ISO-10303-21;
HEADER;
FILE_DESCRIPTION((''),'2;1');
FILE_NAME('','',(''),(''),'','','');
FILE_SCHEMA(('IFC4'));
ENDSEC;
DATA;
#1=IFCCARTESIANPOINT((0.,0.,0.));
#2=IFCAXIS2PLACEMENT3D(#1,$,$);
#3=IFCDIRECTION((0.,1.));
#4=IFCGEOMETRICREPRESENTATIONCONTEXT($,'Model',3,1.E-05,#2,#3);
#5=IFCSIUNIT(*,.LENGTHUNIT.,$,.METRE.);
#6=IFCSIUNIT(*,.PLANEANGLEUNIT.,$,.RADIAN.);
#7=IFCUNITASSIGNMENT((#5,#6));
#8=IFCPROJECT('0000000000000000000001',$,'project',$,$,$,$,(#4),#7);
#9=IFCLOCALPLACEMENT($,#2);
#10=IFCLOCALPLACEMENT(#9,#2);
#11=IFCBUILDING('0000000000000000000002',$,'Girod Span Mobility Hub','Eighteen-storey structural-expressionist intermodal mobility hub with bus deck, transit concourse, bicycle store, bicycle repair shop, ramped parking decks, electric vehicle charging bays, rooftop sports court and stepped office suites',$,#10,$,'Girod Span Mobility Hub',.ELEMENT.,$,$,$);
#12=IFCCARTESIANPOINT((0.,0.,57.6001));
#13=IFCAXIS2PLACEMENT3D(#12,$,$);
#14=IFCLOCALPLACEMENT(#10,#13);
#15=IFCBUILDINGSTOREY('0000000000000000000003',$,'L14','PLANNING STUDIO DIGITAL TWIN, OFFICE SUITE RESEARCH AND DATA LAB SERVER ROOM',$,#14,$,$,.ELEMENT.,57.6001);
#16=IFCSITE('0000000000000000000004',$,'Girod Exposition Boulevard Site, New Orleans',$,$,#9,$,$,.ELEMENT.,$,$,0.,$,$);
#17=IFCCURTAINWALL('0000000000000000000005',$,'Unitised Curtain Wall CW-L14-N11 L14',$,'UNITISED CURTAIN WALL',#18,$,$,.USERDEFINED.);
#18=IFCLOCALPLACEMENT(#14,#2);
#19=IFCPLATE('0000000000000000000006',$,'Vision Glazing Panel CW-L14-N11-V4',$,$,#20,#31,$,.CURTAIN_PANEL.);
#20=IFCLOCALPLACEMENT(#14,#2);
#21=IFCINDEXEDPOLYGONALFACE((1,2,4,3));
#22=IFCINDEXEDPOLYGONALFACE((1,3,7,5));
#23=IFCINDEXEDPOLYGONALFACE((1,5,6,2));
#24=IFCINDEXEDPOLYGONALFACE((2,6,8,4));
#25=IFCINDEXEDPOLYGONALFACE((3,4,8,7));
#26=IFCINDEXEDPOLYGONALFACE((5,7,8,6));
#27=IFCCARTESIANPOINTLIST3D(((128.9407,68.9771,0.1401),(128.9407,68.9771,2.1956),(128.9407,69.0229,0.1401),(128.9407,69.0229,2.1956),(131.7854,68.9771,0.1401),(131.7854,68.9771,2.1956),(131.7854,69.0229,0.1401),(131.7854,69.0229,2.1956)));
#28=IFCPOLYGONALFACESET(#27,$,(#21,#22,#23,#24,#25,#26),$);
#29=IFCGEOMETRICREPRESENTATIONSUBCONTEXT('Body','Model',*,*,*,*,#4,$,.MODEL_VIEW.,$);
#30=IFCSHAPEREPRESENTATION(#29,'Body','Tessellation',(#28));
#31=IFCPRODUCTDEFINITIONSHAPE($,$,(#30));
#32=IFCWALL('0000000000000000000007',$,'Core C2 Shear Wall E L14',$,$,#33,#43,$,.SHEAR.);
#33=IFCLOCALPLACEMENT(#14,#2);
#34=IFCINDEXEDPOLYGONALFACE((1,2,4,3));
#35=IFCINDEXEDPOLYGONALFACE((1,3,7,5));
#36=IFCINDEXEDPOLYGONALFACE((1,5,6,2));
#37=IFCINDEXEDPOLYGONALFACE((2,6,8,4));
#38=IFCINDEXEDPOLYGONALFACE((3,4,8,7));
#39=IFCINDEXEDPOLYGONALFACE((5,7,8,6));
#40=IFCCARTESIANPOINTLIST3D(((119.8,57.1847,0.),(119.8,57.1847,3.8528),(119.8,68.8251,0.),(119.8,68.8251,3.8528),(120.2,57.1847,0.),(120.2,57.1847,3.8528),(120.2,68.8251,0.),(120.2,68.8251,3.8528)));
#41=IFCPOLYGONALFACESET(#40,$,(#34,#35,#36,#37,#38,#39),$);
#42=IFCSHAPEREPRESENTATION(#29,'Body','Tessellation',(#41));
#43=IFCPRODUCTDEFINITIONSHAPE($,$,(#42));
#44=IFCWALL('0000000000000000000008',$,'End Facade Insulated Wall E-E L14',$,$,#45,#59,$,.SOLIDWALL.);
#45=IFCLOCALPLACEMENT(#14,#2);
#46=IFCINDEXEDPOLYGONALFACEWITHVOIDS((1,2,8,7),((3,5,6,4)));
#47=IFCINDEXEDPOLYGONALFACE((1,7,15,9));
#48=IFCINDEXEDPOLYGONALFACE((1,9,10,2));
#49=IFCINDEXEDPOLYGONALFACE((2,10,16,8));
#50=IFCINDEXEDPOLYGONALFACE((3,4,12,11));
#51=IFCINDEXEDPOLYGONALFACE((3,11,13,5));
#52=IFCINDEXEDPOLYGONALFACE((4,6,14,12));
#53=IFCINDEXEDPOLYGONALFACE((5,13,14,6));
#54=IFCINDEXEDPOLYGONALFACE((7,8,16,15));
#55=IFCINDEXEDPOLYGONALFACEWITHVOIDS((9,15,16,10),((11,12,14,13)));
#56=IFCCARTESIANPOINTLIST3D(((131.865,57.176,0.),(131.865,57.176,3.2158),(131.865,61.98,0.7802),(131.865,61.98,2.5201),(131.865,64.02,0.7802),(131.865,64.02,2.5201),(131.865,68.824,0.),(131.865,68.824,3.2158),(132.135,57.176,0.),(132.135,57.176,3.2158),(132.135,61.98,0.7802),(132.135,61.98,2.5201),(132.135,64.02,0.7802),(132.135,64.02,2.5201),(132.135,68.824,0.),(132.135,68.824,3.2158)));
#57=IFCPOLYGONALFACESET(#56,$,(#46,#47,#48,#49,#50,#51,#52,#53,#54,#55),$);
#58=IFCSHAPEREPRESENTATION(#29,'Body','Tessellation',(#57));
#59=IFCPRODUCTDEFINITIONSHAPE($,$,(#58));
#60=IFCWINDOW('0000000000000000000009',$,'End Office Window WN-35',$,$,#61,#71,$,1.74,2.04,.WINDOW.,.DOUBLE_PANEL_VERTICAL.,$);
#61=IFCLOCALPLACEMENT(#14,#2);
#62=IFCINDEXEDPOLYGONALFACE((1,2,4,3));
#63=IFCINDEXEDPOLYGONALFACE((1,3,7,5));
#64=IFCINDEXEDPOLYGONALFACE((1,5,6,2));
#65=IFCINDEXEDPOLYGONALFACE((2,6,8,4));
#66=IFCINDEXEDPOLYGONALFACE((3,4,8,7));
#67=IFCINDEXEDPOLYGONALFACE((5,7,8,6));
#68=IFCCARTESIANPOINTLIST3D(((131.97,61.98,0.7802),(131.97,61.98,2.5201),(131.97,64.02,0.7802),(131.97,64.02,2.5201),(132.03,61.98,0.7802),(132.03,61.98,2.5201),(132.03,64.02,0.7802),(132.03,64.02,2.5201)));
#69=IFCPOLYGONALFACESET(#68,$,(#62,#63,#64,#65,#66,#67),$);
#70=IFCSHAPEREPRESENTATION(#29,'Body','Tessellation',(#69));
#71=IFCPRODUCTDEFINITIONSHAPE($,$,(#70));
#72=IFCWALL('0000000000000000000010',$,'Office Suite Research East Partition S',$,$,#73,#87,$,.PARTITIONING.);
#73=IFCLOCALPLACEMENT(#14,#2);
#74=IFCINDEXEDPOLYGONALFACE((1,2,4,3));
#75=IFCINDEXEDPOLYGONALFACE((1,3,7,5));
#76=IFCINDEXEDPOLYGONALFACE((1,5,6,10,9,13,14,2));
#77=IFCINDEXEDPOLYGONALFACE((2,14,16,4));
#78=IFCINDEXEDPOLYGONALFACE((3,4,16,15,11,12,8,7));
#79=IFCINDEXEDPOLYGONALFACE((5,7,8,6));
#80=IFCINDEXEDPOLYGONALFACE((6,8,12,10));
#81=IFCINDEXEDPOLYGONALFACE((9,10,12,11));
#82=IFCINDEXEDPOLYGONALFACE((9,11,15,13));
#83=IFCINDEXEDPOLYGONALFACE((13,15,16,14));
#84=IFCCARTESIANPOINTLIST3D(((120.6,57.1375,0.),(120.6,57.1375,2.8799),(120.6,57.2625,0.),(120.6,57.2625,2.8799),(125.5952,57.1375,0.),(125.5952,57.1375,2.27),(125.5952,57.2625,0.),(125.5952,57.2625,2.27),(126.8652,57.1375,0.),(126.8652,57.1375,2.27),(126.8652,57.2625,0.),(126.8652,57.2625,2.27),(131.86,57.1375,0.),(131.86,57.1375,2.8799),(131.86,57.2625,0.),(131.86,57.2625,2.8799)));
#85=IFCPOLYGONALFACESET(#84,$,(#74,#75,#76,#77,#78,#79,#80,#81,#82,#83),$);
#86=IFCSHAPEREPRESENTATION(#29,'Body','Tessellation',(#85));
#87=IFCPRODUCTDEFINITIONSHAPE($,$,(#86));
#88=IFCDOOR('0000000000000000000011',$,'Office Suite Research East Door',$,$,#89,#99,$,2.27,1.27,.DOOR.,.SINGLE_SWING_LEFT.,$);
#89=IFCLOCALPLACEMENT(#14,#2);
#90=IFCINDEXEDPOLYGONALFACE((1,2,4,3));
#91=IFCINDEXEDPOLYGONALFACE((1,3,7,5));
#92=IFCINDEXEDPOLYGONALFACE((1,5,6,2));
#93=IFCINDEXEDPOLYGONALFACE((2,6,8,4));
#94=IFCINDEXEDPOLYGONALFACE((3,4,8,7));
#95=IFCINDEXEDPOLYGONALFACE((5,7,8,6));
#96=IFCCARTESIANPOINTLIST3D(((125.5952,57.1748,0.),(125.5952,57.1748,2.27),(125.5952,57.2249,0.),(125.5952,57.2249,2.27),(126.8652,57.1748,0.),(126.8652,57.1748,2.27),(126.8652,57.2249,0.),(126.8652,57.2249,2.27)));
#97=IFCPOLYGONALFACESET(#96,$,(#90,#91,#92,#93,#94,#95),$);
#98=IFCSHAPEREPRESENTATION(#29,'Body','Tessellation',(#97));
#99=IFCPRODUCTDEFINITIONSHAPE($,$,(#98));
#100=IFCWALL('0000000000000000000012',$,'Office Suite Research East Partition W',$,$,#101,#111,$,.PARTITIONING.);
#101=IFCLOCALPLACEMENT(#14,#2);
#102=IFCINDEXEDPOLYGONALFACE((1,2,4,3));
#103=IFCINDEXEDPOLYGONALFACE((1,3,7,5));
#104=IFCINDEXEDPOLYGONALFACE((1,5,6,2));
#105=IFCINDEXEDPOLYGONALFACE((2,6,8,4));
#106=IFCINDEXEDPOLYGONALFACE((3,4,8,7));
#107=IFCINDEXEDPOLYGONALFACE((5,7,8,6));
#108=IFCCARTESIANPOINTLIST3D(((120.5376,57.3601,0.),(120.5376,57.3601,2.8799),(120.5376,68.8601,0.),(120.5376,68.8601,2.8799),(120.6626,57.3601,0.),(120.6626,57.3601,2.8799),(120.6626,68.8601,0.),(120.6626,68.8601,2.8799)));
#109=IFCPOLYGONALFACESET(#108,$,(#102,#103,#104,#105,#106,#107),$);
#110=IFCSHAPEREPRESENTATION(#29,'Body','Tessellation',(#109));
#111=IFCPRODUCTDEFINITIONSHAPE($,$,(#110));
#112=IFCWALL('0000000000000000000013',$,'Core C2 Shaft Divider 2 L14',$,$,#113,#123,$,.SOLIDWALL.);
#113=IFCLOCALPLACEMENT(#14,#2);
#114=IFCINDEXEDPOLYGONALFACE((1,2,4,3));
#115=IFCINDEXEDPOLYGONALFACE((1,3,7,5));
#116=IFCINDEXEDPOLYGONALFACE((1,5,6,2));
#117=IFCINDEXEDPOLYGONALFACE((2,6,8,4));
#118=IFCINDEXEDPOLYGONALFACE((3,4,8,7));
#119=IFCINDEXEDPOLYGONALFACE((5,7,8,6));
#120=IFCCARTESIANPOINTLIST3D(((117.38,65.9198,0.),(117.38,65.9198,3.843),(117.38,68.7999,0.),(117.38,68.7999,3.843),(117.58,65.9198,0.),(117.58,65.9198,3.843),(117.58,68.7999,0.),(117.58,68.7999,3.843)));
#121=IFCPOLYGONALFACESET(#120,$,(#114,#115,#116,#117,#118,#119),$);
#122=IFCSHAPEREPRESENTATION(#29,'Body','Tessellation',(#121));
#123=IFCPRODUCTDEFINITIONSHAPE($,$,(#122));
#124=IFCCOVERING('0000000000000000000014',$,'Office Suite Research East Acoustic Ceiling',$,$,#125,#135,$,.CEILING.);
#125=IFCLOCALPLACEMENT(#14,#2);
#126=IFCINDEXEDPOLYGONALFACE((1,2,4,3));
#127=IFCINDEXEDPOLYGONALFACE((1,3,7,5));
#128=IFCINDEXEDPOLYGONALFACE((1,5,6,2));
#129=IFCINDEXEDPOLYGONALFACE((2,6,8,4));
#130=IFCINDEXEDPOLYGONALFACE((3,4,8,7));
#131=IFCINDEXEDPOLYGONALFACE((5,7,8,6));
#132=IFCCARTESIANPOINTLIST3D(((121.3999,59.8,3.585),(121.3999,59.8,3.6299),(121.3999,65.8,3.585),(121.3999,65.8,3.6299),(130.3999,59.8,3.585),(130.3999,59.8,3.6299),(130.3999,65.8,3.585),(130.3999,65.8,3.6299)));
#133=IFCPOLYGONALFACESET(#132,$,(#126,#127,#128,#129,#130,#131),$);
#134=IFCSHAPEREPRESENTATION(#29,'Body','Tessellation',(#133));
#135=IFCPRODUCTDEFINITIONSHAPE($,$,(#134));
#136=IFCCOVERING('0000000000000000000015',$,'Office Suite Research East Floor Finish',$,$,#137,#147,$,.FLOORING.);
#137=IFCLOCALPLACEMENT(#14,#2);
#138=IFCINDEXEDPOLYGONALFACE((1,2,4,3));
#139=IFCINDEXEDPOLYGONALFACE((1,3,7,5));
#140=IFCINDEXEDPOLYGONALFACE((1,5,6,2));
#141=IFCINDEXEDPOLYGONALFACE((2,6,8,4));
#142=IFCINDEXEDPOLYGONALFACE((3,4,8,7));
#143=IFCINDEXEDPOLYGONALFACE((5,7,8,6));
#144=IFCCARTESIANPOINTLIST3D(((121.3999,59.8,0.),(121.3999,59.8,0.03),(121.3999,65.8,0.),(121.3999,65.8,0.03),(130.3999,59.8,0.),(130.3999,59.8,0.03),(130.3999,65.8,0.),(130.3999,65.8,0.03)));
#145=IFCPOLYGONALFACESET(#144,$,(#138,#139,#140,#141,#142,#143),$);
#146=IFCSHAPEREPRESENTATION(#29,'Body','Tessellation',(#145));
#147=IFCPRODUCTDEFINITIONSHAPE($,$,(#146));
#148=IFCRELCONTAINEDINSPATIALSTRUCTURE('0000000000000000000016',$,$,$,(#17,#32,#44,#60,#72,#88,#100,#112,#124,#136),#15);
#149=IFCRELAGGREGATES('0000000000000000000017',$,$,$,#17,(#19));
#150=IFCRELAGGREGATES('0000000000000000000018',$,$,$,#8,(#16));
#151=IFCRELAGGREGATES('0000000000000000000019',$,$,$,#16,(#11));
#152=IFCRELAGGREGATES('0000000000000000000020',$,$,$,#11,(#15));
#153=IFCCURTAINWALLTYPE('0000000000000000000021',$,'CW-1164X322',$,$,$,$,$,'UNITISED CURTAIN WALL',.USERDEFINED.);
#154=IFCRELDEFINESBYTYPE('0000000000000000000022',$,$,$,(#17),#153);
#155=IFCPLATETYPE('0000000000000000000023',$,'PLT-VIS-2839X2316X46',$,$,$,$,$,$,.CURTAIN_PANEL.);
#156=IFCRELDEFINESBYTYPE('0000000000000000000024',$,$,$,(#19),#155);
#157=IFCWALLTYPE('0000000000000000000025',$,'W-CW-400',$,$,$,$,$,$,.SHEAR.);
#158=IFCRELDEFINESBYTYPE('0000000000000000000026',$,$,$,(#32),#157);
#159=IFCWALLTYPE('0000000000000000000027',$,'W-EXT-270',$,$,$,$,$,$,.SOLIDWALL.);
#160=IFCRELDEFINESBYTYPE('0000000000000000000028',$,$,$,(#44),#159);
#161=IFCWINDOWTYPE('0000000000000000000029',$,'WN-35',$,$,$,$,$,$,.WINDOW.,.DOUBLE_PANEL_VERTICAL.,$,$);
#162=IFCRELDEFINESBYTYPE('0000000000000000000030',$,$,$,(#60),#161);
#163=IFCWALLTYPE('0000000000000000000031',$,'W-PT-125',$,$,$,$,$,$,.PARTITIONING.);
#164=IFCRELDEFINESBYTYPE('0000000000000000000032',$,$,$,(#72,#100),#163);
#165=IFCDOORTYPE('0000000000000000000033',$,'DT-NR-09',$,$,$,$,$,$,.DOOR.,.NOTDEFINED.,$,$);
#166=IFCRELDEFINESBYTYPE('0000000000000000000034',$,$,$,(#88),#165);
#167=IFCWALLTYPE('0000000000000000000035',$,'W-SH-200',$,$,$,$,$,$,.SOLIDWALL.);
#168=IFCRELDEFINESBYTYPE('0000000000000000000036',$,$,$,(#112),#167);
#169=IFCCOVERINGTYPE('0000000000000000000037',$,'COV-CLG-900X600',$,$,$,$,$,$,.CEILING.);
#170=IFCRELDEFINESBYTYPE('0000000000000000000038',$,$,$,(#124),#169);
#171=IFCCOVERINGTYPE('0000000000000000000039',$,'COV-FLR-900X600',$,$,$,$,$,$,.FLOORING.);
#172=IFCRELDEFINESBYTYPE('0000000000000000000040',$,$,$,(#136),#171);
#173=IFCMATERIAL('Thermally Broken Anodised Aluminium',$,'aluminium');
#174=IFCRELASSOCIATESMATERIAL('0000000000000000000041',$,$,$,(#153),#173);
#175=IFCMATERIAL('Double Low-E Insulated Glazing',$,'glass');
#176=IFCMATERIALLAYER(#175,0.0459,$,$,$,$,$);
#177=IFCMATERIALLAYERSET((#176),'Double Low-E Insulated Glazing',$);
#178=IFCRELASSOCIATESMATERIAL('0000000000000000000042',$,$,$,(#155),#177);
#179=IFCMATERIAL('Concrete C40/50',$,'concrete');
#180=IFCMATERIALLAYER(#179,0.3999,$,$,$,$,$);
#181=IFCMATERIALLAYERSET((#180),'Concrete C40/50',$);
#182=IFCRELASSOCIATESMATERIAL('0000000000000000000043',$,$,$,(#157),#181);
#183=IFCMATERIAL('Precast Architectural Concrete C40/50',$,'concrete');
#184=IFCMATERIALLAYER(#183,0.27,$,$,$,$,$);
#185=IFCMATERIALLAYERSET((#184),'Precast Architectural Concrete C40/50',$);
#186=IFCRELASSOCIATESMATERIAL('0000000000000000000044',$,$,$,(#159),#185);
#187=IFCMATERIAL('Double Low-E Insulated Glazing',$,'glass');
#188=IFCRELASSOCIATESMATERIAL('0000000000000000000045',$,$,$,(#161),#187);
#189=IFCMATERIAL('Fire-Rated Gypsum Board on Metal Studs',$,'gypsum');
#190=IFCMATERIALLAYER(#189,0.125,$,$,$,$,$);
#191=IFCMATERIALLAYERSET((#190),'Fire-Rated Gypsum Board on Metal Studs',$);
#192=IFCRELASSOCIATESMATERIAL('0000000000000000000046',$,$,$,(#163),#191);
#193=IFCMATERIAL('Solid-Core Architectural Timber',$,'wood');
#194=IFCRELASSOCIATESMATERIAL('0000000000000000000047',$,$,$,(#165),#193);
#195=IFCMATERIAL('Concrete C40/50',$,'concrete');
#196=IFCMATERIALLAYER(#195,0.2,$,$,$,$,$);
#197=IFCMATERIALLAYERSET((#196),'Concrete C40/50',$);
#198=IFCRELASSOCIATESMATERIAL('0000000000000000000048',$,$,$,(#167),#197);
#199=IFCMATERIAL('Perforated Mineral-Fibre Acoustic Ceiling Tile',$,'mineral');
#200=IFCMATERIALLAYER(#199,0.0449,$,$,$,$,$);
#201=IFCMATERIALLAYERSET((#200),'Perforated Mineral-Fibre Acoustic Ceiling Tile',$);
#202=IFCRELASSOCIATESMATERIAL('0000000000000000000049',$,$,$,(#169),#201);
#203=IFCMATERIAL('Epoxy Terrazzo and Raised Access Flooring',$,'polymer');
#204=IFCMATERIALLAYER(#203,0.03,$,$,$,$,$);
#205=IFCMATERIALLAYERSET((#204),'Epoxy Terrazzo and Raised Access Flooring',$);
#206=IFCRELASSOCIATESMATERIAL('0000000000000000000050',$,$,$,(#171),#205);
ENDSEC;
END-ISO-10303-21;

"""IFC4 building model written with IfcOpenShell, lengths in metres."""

from ifc_helpers import new_model, si_unit, direction, frame, frame_2d, origin, origin_2d, place, context, subcontext, project, spatial, rectangle, extrude, material, layer, layer_set, type_object, element, fill, aggregate, save


model = new_model("IFC4")

# Units and contexts
model_context = context("Model", 3, precision=1e-05, world=origin(), true_north=direction((0.0, 1.0)))
body_context = subcontext(model_context, "Body", "Model", "MODEL_VIEW")
ifc_project = project(units=[si_unit("LENGTHUNIT", "METRE"), si_unit("PLANEANGLEUNIT", "RADIAN")], contexts=[model_context])

# Site, building, storey
site_placement = place(None, origin())
site = spatial("IfcSite", under=ifc_project, at=site_placement, Name="Girod Exposition Boulevard Site, New Orleans", CompositionType="ELEMENT", RefElevation=0.0)
building_placement = place(site_placement, origin())
building = spatial("IfcBuilding", under=site, at=building_placement, Name="Girod Span Mobility Hub", Description="Eighteen-storey structural-expressionist intermodal mobility hub with bus deck, transit concourse, bicycle store, bicycle repair shop, ramped parking decks, electric vehicle charging bays, rooftop sports court and stepped office suites", LongName="Girod Span Mobility Hub", CompositionType="ELEMENT")
storey_placement = place(building_placement, frame((0.0, 0.0, 57.6001)))
storey = spatial("IfcBuildingStorey", under=building, at=storey_placement, Name="L14", Description="PLANNING STUDIO DIGITAL TWIN, OFFICE SUITE RESEARCH AND DATA LAB SERVER ROOM", CompositionType="ELEMENT", Elevation=57.6001)

# Curtain wall, plate
ifc_material_1 = material(Name="Thermally Broken Anodised Aluminium", Category="aluminium")
curtain_wall_type = type_object("IfcCurtainWallType", Name="CW-1164X322", ElementType="UNITISED CURTAIN WALL", PredefinedType="USERDEFINED", material=ifc_material_1)
curtain_wall_placement = place(storey_placement, origin())
curtain_wall = element("IfcCurtainWall", 1, at=curtain_wall_placement, inside=storey, type_object=curtain_wall_type, Name="Unitised Curtain Wall CW-L14-N11 L14", ObjectType="UNITISED CURTAIN WALL", PredefinedType="USERDEFINED")
ifc_material_2 = material(Name="Double Low-E Insulated Glazing", Category="glass")
ifc_layer_1 = layer(ifc_material_2, 0.0459)
ifc_layer_set_1 = layer_set([ifc_layer_1], Name="Double Low-E Insulated Glazing")
plate_type_1 = type_object("IfcPlateType", Name="PLT-VIS-2839X2316X46", PredefinedType="CURTAIN_PANEL", material=ifc_layer_set_1)
plate_1_placement = place(storey_placement, frame((130.363, 69.0, 0.1401), z_axis=(0.0, 0.0, 1.0), x_axis=(1.0, 0.0, 0.0)))
plate_1 = element("IfcPlate", 2, at=plate_1_placement, type_object=plate_type_1, Name="Vision Glazing Panel CW-L14-N11-V4", PredefinedType="CURTAIN_PANEL", context=body_context, shape_type="SweptSolid", body=[
    extrude(rectangle(XDim=2.8447, YDim=0.0459, at=origin_2d()), origin(), (0.0, 0.0, 1.0), 2.0554),
])
aggregate(curtain_wall, [plate_1])

# Wall
ifc_material_3 = material(Name="Concrete C40/50", Category="concrete")
ifc_layer_2 = layer(ifc_material_3, 0.3999)
ifc_layer_set_2 = layer_set([ifc_layer_2], Name="Concrete C40/50")
wall_type_1 = type_object("IfcWallType", Name="W-CW-400", PredefinedType="SHEAR", material=ifc_layer_set_2)
wall_1_placement = place(storey_placement, frame((120.0, 57.1846, 0.0), z_axis=(0.0, 0.0, 1.0), x_axis=(0.0, 1.0, 0.0)))
element("IfcWall", 3, at=wall_1_placement, inside=storey, type_object=wall_type_1, Name="Core C2 Shear Wall E L14", PredefinedType="SHEAR", context=body_context, shape_type="SweptSolid", body=[
    extrude(rectangle(XDim=11.6404, YDim=0.3999, at=frame_2d((5.8203, 0.0))), origin(), (0.0, 0.0, 1.0), 3.8528),
])

# Wall, opening, window
ifc_material_4 = material(Name="Precast Architectural Concrete C40/50", Category="concrete")
ifc_layer_3 = layer(ifc_material_4, 0.27)
ifc_layer_set_3 = layer_set([ifc_layer_3], Name="Precast Architectural Concrete C40/50")
wall_type_2 = type_object("IfcWallType", Name="W-EXT-270", PredefinedType="SOLIDWALL", material=ifc_layer_set_3)
wall_2_placement = place(storey_placement, frame((132.0, 57.176, 0.0), z_axis=(0.0, 0.0, 1.0), x_axis=(0.0, 1.0, 0.0)))
wall_2 = element("IfcWall", 4, at=wall_2_placement, inside=storey, type_object=wall_type_2, Name="End Facade Insulated Wall E-E L14", PredefinedType="SOLIDWALL", context=body_context, shape_type="SweptSolid", body=[
    extrude(rectangle(XDim=11.6479, YDim=0.27, at=frame_2d((5.824, 0.0))), origin(), (0.0, 0.0, 1.0), 3.2158),
])
opening_1_placement = place(wall_2_placement, frame((4.804, 0.0, 0.78)))
opening_1 = element("IfcOpeningElement", 5, at=opening_1_placement, cuts=wall_2, PredefinedType="OPENING", context=body_context, shape_type="SweptSolid", body=[
    extrude(rectangle(XDim=2.04, YDim=1.74, at=frame_2d((1.02, 0.8701))), frame((0.0, 0.1499, 0.0), z_axis=(0.0, -1.0, 0.0), x_axis=(1.0, 0.0, 0.0)), (0.0, 0.0, 1.0), 0.3),
])
ifc_material_5 = material(Name="Double Low-E Insulated Glazing", Category="glass")
window_type = type_object("IfcWindowType", Name="WN-35", PartitioningType="DOUBLE_PANEL_VERTICAL", PredefinedType="WINDOW", material=ifc_material_5)
window_placement = place(opening_1_placement, origin())
window = element("IfcWindow", 6, at=window_placement, inside=storey, type_object=window_type, Name="End Office Window WN-35", OverallHeight=1.74, OverallWidth=2.04, PartitioningType="DOUBLE_PANEL_VERTICAL", PredefinedType="WINDOW", context=body_context, shape_type="SweptSolid", body=[
    extrude(rectangle(XDim=2.04, YDim=1.74, at=frame_2d((1.02, 0.8701))), frame((0.0, 0.03, 0.0), z_axis=(0.0, -1.0, 0.0), x_axis=(1.0, 0.0, 0.0)), (0.0, 0.0, 1.0), 0.0601),
])
fill(opening_1, window)

# Wall, opening, door
ifc_material_6 = material(Name="Fire-Rated Gypsum Board on Metal Studs", Category="gypsum")
ifc_layer_4 = layer(ifc_material_6, 0.125)
ifc_layer_set_4 = layer_set([ifc_layer_4], Name="Fire-Rated Gypsum Board on Metal Studs")
wall_type_3 = type_object("IfcWallType", Name="W-PT-125", PredefinedType="PARTITIONING", material=ifc_layer_set_4)
wall_3_placement = place(storey_placement, frame((120.6001, 57.2, 0.0), z_axis=(0.0, 0.0, 1.0), x_axis=(1.0, 0.0, 0.0)))
wall_3 = element("IfcWall", 7, at=wall_3_placement, inside=storey, type_object=wall_type_3, Name="Office Suite Research East Partition S", PredefinedType="PARTITIONING", context=body_context, shape_type="SweptSolid", body=[
    extrude(rectangle(XDim=11.26, YDim=0.125, at=frame_2d((5.6299, 0.0))), origin(), (0.0, 0.0, 1.0), 2.8799),
])
opening_2_placement = place(wall_3_placement, frame((4.9951, 0.0, 0.0)))
opening_2 = element("IfcOpeningElement", 8, at=opening_2_placement, cuts=wall_3, PredefinedType="OPENING", context=body_context, shape_type="SweptSolid", body=[
    extrude(rectangle(XDim=1.27, YDim=2.27, at=frame_2d((0.635, 1.135))), frame((0.0, 0.0774, 0.0), z_axis=(0.0, -1.0, 0.0), x_axis=(1.0, 0.0, 0.0)), (0.0, 0.0, 1.0), 0.155),
])
ifc_material_7 = material(Name="Solid-Core Architectural Timber", Category="wood")
door_type = type_object("IfcDoorType", Name="DT-NR-09", OperationType="NOTDEFINED", PredefinedType="DOOR", material=ifc_material_7)
door_placement = place(opening_2_placement, origin())
door = element("IfcDoor", 9, at=door_placement, inside=storey, type_object=door_type, Name="Office Suite Research East Door", OperationType="SINGLE_SWING_LEFT", OverallHeight=2.27, OverallWidth=1.27, PredefinedType="DOOR", context=body_context, shape_type="SweptSolid", body=[
    extrude(rectangle(XDim=1.27, YDim=2.27, at=frame_2d((0.635, 1.135))), frame((0.0, 0.0249, 0.0), z_axis=(0.0, -1.0, 0.0), x_axis=(1.0, 0.0, 0.0)), (0.0, 0.0, 1.0), 0.05),
])
fill(opening_2, door)

# Walls
wall_4_placement = place(storey_placement, frame((120.6001, 57.3601, 0.0), z_axis=(0.0, 0.0, 1.0), x_axis=(0.0, 1.0, 0.0)))
element("IfcWall", 10, at=wall_4_placement, inside=storey, type_object=wall_type_3, Name="Office Suite Research East Partition W", PredefinedType="PARTITIONING", context=body_context, shape_type="SweptSolid", body=[
    extrude(rectangle(XDim=11.5, YDim=0.125, at=frame_2d((5.75, 0.0))), origin(), (0.0, 0.0, 1.0), 2.8799),
])
ifc_material_8 = material(Name="Concrete C40/50", Category="concrete")
ifc_layer_5 = layer(ifc_material_8, 0.2)
ifc_layer_set_5 = layer_set([ifc_layer_5], Name="Concrete C40/50")
wall_type_4 = type_object("IfcWallType", Name="W-SH-200", PredefinedType="SOLIDWALL", material=ifc_layer_set_5)
wall_5_placement = place(storey_placement, frame((117.48, 65.9199, 0.0), z_axis=(0.0, 0.0, 1.0), x_axis=(0.0, 1.0, 0.0)))
element("IfcWall", 11, at=wall_5_placement, inside=storey, type_object=wall_type_4, Name="Core C2 Shaft Divider 2 L14", PredefinedType="SOLIDWALL", context=body_context, shape_type="SweptSolid", body=[
    extrude(rectangle(XDim=2.8801, YDim=0.2, at=frame_2d((1.4399, 0.0))), origin(), (0.0, 0.0, 1.0), 3.843),
])

# Coverings
ifc_material_9 = material(Name="Perforated Mineral-Fibre Acoustic Ceiling Tile", Category="mineral")
ifc_layer_6 = layer(ifc_material_9, 0.0449)
ifc_layer_set_6 = layer_set([ifc_layer_6], Name="Perforated Mineral-Fibre Acoustic Ceiling Tile")
covering_type_1 = type_object("IfcCoveringType", Name="COV-CLG-900X600", PredefinedType="CEILING", material=ifc_layer_set_6)
covering_1_placement = place(storey_placement, frame((125.8999, 62.8, 3.585), z_axis=(0.0, 0.0, 1.0), x_axis=(1.0, 0.0, 0.0)))
element("IfcCovering", 12, at=covering_1_placement, inside=storey, type_object=covering_type_1, Name="Office Suite Research East Acoustic Ceiling", PredefinedType="CEILING", context=body_context, shape_type="SweptSolid", body=[
    extrude(rectangle(XDim=9.0, YDim=6.0, at=origin_2d()), origin(), (0.0, 0.0, 1.0), 0.0449),
])
ifc_material_10 = material(Name="Epoxy Terrazzo and Raised Access Flooring", Category="polymer")
ifc_layer_7 = layer(ifc_material_10, 0.03)
ifc_layer_set_7 = layer_set([ifc_layer_7], Name="Epoxy Terrazzo and Raised Access Flooring")
covering_type_2 = type_object("IfcCoveringType", Name="COV-FLR-900X600", PredefinedType="FLOORING", material=ifc_layer_set_7)
covering_2_placement = place(storey_placement, frame((125.8999, 62.8, 0.0), z_axis=(0.0, 0.0, 1.0), x_axis=(1.0, 0.0, 0.0)))
element("IfcCovering", 13, at=covering_2_placement, inside=storey, type_object=covering_type_2, Name="Office Suite Research East Floor Finish", PredefinedType="FLOORING", context=body_context, shape_type="SweptSolid", body=[
    extrude(rectangle(XDim=9.0, YDim=6.0, at=origin_2d()), origin(), (0.0, 0.0, 1.0), 0.03),
])

save(model, "model.ifc")
